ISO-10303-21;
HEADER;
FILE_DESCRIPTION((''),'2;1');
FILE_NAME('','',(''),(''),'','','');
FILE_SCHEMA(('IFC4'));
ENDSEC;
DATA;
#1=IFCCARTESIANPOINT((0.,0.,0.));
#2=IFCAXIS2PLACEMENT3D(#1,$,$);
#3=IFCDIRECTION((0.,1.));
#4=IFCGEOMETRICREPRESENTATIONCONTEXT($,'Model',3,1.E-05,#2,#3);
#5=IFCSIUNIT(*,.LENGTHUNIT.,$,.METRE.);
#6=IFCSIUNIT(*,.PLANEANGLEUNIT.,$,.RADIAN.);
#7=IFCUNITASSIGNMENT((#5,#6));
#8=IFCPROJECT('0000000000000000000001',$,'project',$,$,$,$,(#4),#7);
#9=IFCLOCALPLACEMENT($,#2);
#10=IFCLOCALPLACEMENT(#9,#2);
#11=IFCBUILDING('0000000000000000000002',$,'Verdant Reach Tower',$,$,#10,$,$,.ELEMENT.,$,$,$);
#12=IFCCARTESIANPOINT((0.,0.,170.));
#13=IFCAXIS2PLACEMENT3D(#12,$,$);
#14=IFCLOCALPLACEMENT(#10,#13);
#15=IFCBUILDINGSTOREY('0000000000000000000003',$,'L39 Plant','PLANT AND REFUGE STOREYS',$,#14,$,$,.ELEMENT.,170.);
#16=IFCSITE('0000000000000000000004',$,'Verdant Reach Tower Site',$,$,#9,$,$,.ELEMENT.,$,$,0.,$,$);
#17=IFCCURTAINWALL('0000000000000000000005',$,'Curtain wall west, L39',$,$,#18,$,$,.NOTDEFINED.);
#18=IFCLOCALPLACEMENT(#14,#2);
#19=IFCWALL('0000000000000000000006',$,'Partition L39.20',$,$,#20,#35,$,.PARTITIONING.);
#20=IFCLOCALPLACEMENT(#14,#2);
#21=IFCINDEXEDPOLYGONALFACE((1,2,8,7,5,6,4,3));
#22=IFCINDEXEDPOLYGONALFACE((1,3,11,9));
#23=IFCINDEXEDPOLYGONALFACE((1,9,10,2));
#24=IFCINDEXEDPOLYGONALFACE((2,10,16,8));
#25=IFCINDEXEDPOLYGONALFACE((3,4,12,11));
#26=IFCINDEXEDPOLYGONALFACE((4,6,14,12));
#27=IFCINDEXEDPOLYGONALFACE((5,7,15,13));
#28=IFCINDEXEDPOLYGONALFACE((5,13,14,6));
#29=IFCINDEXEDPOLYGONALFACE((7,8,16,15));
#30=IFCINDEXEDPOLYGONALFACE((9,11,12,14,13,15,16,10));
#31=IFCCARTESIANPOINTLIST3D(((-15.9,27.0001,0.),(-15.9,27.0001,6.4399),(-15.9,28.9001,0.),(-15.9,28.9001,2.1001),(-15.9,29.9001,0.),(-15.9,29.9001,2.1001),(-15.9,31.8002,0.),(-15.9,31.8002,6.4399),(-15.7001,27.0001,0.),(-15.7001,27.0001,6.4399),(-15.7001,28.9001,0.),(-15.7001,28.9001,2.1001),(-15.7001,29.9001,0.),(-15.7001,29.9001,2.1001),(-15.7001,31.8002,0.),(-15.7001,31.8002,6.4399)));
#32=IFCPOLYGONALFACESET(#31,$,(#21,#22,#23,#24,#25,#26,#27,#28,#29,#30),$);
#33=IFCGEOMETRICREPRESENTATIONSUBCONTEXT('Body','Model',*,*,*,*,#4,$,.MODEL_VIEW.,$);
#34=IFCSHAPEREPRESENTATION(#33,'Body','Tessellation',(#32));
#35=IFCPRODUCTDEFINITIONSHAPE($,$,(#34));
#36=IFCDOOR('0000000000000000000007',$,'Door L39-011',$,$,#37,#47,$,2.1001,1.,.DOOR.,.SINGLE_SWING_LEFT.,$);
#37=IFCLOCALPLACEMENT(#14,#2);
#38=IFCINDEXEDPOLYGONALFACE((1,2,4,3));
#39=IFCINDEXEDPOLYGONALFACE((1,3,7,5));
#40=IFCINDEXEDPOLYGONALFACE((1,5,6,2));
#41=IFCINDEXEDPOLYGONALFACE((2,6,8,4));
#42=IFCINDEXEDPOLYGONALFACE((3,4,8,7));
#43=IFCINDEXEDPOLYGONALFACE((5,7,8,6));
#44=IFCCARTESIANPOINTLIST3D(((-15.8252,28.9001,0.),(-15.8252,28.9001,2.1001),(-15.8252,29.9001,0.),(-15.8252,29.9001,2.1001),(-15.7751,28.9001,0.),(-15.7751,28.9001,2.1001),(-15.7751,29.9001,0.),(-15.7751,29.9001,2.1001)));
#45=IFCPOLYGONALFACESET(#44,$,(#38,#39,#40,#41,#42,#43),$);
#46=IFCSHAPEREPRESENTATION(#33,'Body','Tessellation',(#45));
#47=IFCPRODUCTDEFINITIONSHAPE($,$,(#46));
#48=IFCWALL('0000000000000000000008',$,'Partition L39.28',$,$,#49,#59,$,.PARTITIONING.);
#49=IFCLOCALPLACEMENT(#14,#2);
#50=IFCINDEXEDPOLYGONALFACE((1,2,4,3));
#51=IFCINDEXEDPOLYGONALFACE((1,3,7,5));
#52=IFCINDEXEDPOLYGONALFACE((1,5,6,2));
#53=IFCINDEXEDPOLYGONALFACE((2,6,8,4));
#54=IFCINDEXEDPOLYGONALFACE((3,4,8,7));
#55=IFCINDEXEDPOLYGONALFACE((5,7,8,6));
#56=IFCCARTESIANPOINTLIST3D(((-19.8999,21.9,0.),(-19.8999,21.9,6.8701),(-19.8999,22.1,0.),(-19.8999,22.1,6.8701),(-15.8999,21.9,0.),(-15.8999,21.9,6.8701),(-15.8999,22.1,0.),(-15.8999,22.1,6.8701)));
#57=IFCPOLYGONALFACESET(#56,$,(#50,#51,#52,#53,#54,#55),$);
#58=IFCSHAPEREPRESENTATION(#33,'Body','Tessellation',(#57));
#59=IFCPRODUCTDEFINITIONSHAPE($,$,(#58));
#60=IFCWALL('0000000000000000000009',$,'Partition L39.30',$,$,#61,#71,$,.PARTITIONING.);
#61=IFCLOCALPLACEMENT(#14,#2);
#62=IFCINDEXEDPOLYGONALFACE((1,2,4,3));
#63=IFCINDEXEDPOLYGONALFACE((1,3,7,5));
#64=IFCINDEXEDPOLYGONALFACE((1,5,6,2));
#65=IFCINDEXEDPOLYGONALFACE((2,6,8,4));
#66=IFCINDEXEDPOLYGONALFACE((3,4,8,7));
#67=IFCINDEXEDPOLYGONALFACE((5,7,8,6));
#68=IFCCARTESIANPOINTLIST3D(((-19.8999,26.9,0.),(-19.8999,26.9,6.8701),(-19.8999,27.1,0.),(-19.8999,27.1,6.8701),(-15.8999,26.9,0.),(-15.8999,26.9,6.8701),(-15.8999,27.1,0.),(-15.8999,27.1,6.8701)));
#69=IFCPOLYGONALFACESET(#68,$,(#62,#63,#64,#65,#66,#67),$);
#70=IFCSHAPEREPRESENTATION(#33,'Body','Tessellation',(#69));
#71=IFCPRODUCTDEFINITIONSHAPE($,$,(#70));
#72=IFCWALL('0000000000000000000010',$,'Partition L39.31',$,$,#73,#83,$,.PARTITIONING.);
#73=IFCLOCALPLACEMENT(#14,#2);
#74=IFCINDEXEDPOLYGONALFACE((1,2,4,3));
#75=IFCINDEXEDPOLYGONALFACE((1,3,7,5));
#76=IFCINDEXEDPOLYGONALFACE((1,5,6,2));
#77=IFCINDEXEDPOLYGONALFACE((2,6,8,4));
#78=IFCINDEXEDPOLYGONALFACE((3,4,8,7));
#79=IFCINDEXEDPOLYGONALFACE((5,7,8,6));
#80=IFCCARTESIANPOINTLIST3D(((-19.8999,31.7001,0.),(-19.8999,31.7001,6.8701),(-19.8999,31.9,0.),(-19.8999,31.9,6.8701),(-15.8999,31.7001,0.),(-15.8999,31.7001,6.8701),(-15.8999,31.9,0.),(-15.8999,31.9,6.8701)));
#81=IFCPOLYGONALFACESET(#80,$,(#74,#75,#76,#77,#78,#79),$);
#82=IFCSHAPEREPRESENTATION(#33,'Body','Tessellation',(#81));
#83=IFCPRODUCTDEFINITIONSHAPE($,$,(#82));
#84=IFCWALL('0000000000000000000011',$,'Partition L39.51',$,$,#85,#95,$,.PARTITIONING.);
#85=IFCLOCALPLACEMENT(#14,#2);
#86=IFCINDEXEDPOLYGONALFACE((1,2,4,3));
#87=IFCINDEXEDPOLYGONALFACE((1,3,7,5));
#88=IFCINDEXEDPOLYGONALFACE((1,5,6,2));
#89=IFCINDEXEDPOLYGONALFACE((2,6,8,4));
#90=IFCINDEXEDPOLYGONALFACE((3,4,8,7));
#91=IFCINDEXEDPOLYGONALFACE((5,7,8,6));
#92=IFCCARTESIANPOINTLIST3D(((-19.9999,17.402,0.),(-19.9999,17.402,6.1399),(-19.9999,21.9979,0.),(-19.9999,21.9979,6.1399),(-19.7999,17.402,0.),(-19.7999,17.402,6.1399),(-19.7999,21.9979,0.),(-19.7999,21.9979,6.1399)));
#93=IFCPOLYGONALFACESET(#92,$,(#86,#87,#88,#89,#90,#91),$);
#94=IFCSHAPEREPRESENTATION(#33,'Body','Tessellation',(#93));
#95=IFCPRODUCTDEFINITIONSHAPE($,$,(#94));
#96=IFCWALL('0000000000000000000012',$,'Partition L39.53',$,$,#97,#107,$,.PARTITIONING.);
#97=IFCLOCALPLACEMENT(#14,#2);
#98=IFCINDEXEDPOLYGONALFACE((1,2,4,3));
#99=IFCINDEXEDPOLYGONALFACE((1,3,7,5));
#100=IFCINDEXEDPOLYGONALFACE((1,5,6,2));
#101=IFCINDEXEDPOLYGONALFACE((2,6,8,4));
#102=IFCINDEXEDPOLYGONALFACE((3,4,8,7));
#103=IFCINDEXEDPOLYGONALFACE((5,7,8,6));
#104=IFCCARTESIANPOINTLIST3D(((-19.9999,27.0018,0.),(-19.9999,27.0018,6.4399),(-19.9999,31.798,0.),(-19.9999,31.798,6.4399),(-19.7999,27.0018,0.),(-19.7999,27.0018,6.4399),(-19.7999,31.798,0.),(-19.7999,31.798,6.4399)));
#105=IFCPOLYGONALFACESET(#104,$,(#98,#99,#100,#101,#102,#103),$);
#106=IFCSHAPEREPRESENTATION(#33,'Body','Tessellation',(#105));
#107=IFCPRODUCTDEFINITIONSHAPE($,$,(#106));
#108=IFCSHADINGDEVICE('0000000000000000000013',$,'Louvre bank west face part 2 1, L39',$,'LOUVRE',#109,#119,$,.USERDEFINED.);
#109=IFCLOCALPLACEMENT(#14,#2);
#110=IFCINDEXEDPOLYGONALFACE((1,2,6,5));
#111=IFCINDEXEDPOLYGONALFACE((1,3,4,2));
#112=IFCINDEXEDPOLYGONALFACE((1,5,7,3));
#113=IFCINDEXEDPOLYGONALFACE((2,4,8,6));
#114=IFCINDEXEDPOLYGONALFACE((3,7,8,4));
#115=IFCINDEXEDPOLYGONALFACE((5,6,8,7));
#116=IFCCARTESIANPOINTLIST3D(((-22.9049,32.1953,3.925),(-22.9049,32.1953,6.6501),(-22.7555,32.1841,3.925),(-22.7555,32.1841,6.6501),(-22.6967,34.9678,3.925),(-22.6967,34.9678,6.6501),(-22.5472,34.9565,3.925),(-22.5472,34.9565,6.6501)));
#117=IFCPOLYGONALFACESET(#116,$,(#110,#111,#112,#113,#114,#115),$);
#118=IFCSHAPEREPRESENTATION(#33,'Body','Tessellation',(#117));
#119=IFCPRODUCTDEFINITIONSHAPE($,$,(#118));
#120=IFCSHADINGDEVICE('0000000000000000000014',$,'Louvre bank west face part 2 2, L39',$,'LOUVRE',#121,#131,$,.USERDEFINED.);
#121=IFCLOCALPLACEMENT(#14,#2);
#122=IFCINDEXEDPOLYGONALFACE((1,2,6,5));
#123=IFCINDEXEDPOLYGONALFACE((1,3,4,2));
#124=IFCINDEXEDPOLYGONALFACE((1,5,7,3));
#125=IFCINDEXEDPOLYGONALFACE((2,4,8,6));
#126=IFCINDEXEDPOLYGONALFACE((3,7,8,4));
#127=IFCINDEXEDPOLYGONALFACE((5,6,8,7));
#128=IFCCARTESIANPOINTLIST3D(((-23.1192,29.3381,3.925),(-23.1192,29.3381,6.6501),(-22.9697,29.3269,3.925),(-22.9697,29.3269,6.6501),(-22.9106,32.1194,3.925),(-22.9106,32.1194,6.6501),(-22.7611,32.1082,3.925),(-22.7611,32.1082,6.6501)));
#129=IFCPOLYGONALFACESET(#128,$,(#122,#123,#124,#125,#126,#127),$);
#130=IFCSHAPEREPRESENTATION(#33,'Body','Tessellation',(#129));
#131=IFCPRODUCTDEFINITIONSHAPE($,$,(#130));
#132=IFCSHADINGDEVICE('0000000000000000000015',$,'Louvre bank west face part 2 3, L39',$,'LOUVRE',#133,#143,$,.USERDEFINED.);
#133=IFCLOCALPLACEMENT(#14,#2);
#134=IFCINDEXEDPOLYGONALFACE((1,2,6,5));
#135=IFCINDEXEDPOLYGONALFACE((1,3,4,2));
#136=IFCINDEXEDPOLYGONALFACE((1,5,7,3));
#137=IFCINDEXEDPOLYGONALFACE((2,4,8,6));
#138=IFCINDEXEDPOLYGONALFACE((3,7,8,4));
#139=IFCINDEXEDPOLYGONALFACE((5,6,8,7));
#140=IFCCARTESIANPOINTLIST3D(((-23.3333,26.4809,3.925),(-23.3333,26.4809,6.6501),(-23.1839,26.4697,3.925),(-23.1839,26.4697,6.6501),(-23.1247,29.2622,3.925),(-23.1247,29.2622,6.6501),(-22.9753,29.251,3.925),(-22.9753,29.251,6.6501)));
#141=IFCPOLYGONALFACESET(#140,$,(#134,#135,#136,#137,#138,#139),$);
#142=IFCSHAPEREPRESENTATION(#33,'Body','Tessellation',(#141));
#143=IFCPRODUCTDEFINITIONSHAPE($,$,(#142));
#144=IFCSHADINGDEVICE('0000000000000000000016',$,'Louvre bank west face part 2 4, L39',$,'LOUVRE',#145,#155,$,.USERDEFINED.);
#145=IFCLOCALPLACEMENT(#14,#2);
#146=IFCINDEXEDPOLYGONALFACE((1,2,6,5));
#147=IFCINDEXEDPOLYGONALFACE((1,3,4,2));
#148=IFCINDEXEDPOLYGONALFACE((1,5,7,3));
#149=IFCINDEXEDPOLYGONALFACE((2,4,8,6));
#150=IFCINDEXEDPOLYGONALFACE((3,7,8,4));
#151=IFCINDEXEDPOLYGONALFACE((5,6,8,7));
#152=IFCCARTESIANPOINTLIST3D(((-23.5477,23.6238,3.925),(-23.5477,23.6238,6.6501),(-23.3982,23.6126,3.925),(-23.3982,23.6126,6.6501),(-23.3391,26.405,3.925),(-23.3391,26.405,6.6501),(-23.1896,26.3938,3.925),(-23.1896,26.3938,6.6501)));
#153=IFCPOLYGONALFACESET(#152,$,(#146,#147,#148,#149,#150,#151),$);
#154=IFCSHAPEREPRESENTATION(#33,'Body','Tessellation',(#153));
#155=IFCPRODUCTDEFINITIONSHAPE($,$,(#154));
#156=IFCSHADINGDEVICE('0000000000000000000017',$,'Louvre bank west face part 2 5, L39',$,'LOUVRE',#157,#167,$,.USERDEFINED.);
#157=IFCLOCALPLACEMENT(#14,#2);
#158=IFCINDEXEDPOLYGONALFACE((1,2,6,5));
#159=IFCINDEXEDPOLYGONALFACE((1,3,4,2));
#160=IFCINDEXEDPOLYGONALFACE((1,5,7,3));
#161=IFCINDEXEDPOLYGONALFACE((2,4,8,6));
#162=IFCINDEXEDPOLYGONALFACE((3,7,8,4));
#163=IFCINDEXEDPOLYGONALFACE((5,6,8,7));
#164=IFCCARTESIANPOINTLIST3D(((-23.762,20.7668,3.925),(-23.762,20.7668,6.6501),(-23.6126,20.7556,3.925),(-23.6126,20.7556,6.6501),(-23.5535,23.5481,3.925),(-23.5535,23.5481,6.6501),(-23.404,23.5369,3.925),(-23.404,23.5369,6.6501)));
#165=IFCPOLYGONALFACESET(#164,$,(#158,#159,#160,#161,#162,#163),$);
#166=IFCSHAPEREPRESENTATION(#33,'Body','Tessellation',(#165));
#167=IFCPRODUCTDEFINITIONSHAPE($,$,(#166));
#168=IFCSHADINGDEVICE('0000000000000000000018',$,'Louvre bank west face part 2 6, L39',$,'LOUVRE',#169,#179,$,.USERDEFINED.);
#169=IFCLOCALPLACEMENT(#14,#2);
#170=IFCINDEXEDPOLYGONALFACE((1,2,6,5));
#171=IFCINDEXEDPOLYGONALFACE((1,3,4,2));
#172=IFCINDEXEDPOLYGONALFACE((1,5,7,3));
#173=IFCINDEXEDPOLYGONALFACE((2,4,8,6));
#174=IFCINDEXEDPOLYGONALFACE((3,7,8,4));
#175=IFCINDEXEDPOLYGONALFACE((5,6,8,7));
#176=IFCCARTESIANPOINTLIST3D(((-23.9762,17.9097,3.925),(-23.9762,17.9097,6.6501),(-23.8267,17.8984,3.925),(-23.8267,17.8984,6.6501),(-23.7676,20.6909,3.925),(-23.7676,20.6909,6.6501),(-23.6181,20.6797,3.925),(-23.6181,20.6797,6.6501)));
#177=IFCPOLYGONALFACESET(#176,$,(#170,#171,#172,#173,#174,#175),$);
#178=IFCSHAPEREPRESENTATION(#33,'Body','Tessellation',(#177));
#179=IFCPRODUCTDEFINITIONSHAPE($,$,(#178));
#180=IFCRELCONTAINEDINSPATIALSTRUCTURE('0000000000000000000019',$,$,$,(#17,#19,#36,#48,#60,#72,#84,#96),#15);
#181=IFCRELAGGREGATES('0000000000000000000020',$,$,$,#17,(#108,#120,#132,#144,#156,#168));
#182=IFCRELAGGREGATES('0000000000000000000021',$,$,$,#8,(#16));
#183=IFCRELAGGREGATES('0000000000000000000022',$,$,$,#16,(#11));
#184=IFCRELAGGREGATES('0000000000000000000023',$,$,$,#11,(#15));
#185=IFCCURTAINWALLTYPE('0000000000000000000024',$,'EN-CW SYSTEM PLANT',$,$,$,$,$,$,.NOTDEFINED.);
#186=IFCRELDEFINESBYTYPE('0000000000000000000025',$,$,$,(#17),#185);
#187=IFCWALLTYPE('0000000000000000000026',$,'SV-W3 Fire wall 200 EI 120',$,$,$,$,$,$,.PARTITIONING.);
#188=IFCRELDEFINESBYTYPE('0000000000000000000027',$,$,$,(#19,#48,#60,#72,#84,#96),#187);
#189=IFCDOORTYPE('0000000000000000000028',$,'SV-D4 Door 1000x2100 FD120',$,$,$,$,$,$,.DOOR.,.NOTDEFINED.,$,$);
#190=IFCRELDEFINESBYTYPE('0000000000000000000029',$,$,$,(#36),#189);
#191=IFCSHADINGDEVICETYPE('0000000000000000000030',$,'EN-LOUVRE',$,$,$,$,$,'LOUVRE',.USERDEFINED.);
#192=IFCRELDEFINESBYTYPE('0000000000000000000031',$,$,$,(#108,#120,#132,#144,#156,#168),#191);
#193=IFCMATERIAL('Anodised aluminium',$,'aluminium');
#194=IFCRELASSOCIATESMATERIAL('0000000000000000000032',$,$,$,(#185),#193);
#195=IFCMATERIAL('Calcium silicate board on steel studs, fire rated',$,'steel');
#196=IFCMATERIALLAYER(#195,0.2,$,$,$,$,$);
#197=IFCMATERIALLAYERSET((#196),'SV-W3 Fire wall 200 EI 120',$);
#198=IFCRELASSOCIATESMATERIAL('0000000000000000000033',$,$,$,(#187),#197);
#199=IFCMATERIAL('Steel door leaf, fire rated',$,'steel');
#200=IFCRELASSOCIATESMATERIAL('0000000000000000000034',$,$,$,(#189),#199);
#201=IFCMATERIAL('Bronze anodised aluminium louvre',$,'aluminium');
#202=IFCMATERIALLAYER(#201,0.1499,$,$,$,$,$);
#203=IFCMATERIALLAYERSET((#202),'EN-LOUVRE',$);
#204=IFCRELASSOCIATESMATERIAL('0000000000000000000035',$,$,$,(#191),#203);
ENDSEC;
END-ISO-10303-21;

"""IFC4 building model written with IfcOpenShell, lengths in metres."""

from ifc_helpers import new_model, si_unit, direction, frame, frame_2d, origin, origin_2d, place, context, subcontext, project, spatial, rectangle, extrude, material, layer, layer_set, type_object, element, fill, aggregate, save


model = new_model("IFC4")

# Units and contexts
model_context = context("Model", 3, precision=1e-05, world=origin(), true_north=direction((0.0, 1.0)))
body_context = subcontext(model_context, "Body", "Model", "MODEL_VIEW")
ifc_project = project(units=[si_unit("LENGTHUNIT", "METRE"), si_unit("PLANEANGLEUNIT", "RADIAN")], contexts=[model_context])

# Site, building, storey
site_placement = place(None, origin())
site = spatial("IfcSite", under=ifc_project, at=site_placement, Name="Verdant Reach Tower Site", CompositionType="ELEMENT", RefElevation=0.0)
building_placement = place(site_placement, origin())
building = spatial("IfcBuilding", under=site, at=building_placement, Name="Verdant Reach Tower", CompositionType="ELEMENT")
storey_placement = place(building_placement, frame((0.0, 0.0, 170.0)))
storey = spatial("IfcBuildingStorey", under=building, at=storey_placement, Name="L39 Plant", Description="PLANT AND REFUGE STOREYS", CompositionType="ELEMENT", Elevation=170.0)

# Curtain wall
ifc_material_1 = material(Name="Anodised aluminium", Category="aluminium")
curtain_wall_type = type_object("IfcCurtainWallType", Name="EN-CW SYSTEM PLANT", PredefinedType="NOTDEFINED", material=ifc_material_1)
curtain_wall_placement = place(storey_placement, origin())
curtain_wall = element("IfcCurtainWall", 1, at=curtain_wall_placement, inside=storey, type_object=curtain_wall_type, Name="Curtain wall west, L39", PredefinedType="NOTDEFINED")

# Wall, opening, door
ifc_material_2 = material(Name="Calcium silicate board on steel studs, fire rated", Category="steel")
ifc_layer_1 = layer(ifc_material_2, 0.2)
ifc_layer_set_1 = layer_set([ifc_layer_1], Name="SV-W3 Fire wall 200 EI 120")
wall_type_1 = type_object("IfcWallType", Name="SV-W3 Fire wall 200 EI 120", PredefinedType="PARTITIONING", material=ifc_layer_set_1)
ifc_material_3 = material(Name="Steel door leaf, fire rated", Category="steel")
door_type_1 = type_object("IfcDoorType", Name="SV-D4 Door 1000x2100 FD120", OperationType="NOTDEFINED", PredefinedType="DOOR", material=ifc_material_3)
wall_1_placement = place(storey_placement, frame((-15.8, 31.8, 0.0), z_axis=(0.0, 0.0, 1.0), x_axis=(0.0, -1.0, 0.0)))
wall_1 = element("IfcWall", 2, at=wall_1_placement, inside=storey, type_object=wall_type_1, Name="Partition L39.20", PredefinedType="PARTITIONING", context=body_context, shape_type="SweptSolid", body=[
    extrude(rectangle(XDim=4.8, YDim=0.2, at=frame_2d((2.3999, 0.0))), origin(), (0.0, 0.0, 1.0), 6.4399),
])
opening_1_placement = place(wall_1_placement, frame((1.8999, 0.0, 0.0)))
opening_1 = element("IfcOpeningElement", 3, at=opening_1_placement, cuts=wall_1, PredefinedType="OPENING", context=body_context, shape_type="SweptSolid", body=[
    extrude(rectangle(XDim=1.0, YDim=2.1001, at=frame_2d((0.5, 1.05))), frame((0.0, 0.1099, 0.0), z_axis=(0.0, -1.0, 0.0), x_axis=(1.0, 0.0, 0.0)), (0.0, 0.0, 1.0), 0.22),
])
door_1_placement = place(opening_1_placement, origin())
door_1 = element("IfcDoor", 4, at=door_1_placement, inside=storey, type_object=door_type_1, Name="Door L39-011", OperationType="SINGLE_SWING_LEFT", OverallHeight=2.1001, OverallWidth=1.0, PredefinedType="DOOR", context=body_context, shape_type="SweptSolid", body=[
    extrude(rectangle(XDim=1.0, YDim=2.1001, at=frame_2d((0.5, 1.05))), frame((0.0, 0.0249, 0.0), z_axis=(0.0, -1.0, 0.0), x_axis=(1.0, 0.0, 0.0)), (0.0, 0.0, 1.0), 0.05),
])
fill(opening_1, door_1)

# Walls
for number, where, z_axis, x_axis, name in (
    (5, (-19.8999, 22.0, 0.0), (0.0, 0.0, 1.0), (1.0, 0.0, 0.0), "Partition L39.28"),
    (6, (-19.8999, 27.0, 0.0), (0.0, 0.0, 1.0), (1.0, 0.0, 0.0), "Partition L39.30"),
    (7, (-19.8999, 31.8, 0.0), (0.0, 0.0, 1.0), (1.0, 0.0, 0.0), "Partition L39.31"),
):
    element("IfcWall", number, at=place(storey_placement, frame(where, z_axis=z_axis, x_axis=x_axis)), inside=storey, type_object=wall_type_1, Name=name, PredefinedType="PARTITIONING", context=body_context, shape_type="SweptSolid", body=[
        extrude(rectangle(XDim=4.0, YDim=0.2, at=frame_2d((2.0, 0.0))), origin(), (0.0, 0.0, 1.0), 6.8701),
    ])
wall_2_placement = place(storey_placement, frame((-19.8999, 17.4021, 0.0), z_axis=(0.0, 0.0, 1.0), x_axis=(0.0, 1.0, 0.0)))
element("IfcWall", 8, at=wall_2_placement, inside=storey, type_object=wall_type_1, Name="Partition L39.51", PredefinedType="PARTITIONING", context=body_context, shape_type="SweptSolid", body=[
    extrude(rectangle(XDim=4.5959, YDim=0.2, at=frame_2d((2.2979, 0.0))), origin(), (0.0, 0.0, 1.0), 6.1399),
])
wall_3_placement = place(storey_placement, frame((-19.8999, 27.002, 0.0), z_axis=(0.0, 0.0, 1.0), x_axis=(0.0, 1.0, 0.0)))
element("IfcWall", 9, at=wall_3_placement, inside=storey, type_object=wall_type_1, Name="Partition L39.53", PredefinedType="PARTITIONING", context=body_context, shape_type="SweptSolid", body=[
    extrude(rectangle(XDim=4.7961, YDim=0.2, at=frame_2d((2.3979, 0.0))), origin(), (0.0, 0.0, 1.0), 6.4399),
])

# Shading devices
ifc_material_4 = material(Name="Bronze anodised aluminium louvre", Category="aluminium")
ifc_layer_2 = layer(ifc_material_4, 0.1499)
ifc_layer_set_2 = layer_set([ifc_layer_2], Name="EN-LOUVRE")
shading_device_type = type_object("IfcShadingDeviceType", Name="EN-LOUVRE", ElementType="LOUVRE", PredefinedType="USERDEFINED", material=ifc_layer_set_2)
shading_device_1_placement = place(storey_placement, frame((-22.7261, 33.5759, 3.925), z_axis=(0.0, 0.0, 1.0), x_axis=(-0.074906, -0.997191, 0.0)))
shading_device_1 = element("IfcShadingDevice", 10, at=shading_device_1_placement, type_object=shading_device_type, Name="Louvre bank west face part 2 1, L39", ObjectType="LOUVRE", PredefinedType="USERDEFINED", context=body_context, shape_type="SweptSolid", body=[
    extrude(rectangle(XDim=2.7803, YDim=0.1499, at=origin_2d()), origin(), (0.0, 0.0, 1.0), 2.7251),
])
shading_device_2_placement = place(storey_placement, frame((-22.9402, 30.7231, 3.925), z_axis=(0.0, 0.0, 1.0), x_axis=(-0.07479, -0.997199, 0.0)))
shading_device_2 = element("IfcShadingDevice", 11, at=shading_device_2_placement, type_object=shading_device_type, Name="Louvre bank west face part 2 2, L39", ObjectType="LOUVRE", PredefinedType="USERDEFINED", context=body_context, shape_type="SweptSolid", body=[
    extrude(rectangle(XDim=2.7891, YDim=0.1499, at=origin_2d()), origin(), (0.0, 0.0, 1.0), 2.7251),
])
shading_device_3_placement = place(storey_placement, frame((-23.1543, 27.866, 3.925), z_axis=(0.0, 0.0, 1.0), x_axis=(-0.07479, -0.997199, 0.0)))
shading_device_3 = element("IfcShadingDevice", 12, at=shading_device_3_placement, type_object=shading_device_type, Name="Louvre bank west face part 2 3, L39", ObjectType="LOUVRE", PredefinedType="USERDEFINED", context=body_context, shape_type="SweptSolid", body=[
    extrude(rectangle(XDim=2.7891, YDim=0.1499, at=origin_2d()), origin(), (0.0, 0.0, 1.0), 2.7251),
])
shading_device_4_placement = place(storey_placement, frame((-23.3687, 25.0088, 3.925), z_axis=(0.0, 0.0, 1.0), x_axis=(-0.07479, -0.997199, 0.0)))
shading_device_4 = element("IfcShadingDevice", 13, at=shading_device_4_placement, type_object=shading_device_type, Name="Louvre bank west face part 2 4, L39", ObjectType="LOUVRE", PredefinedType="USERDEFINED", context=body_context, shape_type="SweptSolid", body=[
    extrude(rectangle(XDim=2.7891, YDim=0.1499, at=origin_2d()), origin(), (0.0, 0.0, 1.0), 2.7251),
])
shading_device_5_placement = place(storey_placement, frame((-23.583, 22.1519, 3.925), z_axis=(0.0, 0.0, 1.0), x_axis=(-0.07479, -0.997199, 0.0)))
shading_device_5 = element("IfcShadingDevice", 14, at=shading_device_5_placement, type_object=shading_device_type, Name="Louvre bank west face part 2 5, L39", ObjectType="LOUVRE", PredefinedType="USERDEFINED", context=body_context, shape_type="SweptSolid", body=[
    extrude(rectangle(XDim=2.7891, YDim=0.1499, at=origin_2d()), origin(), (0.0, 0.0, 1.0), 2.7251),
])
shading_device_6_placement = place(storey_placement, frame((-23.7971, 19.2947, 3.925), z_axis=(0.0, 0.0, 1.0), x_axis=(-0.07479, -0.997199, 0.0)))
shading_device_6 = element("IfcShadingDevice", 15, at=shading_device_6_placement, type_object=shading_device_type, Name="Louvre bank west face part 2 6, L39", ObjectType="LOUVRE", PredefinedType="USERDEFINED", context=body_context, shape_type="SweptSolid", body=[
    extrude(rectangle(XDim=2.7891, YDim=0.1499, at=origin_2d()), origin(), (0.0, 0.0, 1.0), 2.7251),
])
aggregate(curtain_wall, [shading_device_1, shading_device_2, shading_device_3, shading_device_4, shading_device_5, shading_device_6])

save(model, "model.ifc")
